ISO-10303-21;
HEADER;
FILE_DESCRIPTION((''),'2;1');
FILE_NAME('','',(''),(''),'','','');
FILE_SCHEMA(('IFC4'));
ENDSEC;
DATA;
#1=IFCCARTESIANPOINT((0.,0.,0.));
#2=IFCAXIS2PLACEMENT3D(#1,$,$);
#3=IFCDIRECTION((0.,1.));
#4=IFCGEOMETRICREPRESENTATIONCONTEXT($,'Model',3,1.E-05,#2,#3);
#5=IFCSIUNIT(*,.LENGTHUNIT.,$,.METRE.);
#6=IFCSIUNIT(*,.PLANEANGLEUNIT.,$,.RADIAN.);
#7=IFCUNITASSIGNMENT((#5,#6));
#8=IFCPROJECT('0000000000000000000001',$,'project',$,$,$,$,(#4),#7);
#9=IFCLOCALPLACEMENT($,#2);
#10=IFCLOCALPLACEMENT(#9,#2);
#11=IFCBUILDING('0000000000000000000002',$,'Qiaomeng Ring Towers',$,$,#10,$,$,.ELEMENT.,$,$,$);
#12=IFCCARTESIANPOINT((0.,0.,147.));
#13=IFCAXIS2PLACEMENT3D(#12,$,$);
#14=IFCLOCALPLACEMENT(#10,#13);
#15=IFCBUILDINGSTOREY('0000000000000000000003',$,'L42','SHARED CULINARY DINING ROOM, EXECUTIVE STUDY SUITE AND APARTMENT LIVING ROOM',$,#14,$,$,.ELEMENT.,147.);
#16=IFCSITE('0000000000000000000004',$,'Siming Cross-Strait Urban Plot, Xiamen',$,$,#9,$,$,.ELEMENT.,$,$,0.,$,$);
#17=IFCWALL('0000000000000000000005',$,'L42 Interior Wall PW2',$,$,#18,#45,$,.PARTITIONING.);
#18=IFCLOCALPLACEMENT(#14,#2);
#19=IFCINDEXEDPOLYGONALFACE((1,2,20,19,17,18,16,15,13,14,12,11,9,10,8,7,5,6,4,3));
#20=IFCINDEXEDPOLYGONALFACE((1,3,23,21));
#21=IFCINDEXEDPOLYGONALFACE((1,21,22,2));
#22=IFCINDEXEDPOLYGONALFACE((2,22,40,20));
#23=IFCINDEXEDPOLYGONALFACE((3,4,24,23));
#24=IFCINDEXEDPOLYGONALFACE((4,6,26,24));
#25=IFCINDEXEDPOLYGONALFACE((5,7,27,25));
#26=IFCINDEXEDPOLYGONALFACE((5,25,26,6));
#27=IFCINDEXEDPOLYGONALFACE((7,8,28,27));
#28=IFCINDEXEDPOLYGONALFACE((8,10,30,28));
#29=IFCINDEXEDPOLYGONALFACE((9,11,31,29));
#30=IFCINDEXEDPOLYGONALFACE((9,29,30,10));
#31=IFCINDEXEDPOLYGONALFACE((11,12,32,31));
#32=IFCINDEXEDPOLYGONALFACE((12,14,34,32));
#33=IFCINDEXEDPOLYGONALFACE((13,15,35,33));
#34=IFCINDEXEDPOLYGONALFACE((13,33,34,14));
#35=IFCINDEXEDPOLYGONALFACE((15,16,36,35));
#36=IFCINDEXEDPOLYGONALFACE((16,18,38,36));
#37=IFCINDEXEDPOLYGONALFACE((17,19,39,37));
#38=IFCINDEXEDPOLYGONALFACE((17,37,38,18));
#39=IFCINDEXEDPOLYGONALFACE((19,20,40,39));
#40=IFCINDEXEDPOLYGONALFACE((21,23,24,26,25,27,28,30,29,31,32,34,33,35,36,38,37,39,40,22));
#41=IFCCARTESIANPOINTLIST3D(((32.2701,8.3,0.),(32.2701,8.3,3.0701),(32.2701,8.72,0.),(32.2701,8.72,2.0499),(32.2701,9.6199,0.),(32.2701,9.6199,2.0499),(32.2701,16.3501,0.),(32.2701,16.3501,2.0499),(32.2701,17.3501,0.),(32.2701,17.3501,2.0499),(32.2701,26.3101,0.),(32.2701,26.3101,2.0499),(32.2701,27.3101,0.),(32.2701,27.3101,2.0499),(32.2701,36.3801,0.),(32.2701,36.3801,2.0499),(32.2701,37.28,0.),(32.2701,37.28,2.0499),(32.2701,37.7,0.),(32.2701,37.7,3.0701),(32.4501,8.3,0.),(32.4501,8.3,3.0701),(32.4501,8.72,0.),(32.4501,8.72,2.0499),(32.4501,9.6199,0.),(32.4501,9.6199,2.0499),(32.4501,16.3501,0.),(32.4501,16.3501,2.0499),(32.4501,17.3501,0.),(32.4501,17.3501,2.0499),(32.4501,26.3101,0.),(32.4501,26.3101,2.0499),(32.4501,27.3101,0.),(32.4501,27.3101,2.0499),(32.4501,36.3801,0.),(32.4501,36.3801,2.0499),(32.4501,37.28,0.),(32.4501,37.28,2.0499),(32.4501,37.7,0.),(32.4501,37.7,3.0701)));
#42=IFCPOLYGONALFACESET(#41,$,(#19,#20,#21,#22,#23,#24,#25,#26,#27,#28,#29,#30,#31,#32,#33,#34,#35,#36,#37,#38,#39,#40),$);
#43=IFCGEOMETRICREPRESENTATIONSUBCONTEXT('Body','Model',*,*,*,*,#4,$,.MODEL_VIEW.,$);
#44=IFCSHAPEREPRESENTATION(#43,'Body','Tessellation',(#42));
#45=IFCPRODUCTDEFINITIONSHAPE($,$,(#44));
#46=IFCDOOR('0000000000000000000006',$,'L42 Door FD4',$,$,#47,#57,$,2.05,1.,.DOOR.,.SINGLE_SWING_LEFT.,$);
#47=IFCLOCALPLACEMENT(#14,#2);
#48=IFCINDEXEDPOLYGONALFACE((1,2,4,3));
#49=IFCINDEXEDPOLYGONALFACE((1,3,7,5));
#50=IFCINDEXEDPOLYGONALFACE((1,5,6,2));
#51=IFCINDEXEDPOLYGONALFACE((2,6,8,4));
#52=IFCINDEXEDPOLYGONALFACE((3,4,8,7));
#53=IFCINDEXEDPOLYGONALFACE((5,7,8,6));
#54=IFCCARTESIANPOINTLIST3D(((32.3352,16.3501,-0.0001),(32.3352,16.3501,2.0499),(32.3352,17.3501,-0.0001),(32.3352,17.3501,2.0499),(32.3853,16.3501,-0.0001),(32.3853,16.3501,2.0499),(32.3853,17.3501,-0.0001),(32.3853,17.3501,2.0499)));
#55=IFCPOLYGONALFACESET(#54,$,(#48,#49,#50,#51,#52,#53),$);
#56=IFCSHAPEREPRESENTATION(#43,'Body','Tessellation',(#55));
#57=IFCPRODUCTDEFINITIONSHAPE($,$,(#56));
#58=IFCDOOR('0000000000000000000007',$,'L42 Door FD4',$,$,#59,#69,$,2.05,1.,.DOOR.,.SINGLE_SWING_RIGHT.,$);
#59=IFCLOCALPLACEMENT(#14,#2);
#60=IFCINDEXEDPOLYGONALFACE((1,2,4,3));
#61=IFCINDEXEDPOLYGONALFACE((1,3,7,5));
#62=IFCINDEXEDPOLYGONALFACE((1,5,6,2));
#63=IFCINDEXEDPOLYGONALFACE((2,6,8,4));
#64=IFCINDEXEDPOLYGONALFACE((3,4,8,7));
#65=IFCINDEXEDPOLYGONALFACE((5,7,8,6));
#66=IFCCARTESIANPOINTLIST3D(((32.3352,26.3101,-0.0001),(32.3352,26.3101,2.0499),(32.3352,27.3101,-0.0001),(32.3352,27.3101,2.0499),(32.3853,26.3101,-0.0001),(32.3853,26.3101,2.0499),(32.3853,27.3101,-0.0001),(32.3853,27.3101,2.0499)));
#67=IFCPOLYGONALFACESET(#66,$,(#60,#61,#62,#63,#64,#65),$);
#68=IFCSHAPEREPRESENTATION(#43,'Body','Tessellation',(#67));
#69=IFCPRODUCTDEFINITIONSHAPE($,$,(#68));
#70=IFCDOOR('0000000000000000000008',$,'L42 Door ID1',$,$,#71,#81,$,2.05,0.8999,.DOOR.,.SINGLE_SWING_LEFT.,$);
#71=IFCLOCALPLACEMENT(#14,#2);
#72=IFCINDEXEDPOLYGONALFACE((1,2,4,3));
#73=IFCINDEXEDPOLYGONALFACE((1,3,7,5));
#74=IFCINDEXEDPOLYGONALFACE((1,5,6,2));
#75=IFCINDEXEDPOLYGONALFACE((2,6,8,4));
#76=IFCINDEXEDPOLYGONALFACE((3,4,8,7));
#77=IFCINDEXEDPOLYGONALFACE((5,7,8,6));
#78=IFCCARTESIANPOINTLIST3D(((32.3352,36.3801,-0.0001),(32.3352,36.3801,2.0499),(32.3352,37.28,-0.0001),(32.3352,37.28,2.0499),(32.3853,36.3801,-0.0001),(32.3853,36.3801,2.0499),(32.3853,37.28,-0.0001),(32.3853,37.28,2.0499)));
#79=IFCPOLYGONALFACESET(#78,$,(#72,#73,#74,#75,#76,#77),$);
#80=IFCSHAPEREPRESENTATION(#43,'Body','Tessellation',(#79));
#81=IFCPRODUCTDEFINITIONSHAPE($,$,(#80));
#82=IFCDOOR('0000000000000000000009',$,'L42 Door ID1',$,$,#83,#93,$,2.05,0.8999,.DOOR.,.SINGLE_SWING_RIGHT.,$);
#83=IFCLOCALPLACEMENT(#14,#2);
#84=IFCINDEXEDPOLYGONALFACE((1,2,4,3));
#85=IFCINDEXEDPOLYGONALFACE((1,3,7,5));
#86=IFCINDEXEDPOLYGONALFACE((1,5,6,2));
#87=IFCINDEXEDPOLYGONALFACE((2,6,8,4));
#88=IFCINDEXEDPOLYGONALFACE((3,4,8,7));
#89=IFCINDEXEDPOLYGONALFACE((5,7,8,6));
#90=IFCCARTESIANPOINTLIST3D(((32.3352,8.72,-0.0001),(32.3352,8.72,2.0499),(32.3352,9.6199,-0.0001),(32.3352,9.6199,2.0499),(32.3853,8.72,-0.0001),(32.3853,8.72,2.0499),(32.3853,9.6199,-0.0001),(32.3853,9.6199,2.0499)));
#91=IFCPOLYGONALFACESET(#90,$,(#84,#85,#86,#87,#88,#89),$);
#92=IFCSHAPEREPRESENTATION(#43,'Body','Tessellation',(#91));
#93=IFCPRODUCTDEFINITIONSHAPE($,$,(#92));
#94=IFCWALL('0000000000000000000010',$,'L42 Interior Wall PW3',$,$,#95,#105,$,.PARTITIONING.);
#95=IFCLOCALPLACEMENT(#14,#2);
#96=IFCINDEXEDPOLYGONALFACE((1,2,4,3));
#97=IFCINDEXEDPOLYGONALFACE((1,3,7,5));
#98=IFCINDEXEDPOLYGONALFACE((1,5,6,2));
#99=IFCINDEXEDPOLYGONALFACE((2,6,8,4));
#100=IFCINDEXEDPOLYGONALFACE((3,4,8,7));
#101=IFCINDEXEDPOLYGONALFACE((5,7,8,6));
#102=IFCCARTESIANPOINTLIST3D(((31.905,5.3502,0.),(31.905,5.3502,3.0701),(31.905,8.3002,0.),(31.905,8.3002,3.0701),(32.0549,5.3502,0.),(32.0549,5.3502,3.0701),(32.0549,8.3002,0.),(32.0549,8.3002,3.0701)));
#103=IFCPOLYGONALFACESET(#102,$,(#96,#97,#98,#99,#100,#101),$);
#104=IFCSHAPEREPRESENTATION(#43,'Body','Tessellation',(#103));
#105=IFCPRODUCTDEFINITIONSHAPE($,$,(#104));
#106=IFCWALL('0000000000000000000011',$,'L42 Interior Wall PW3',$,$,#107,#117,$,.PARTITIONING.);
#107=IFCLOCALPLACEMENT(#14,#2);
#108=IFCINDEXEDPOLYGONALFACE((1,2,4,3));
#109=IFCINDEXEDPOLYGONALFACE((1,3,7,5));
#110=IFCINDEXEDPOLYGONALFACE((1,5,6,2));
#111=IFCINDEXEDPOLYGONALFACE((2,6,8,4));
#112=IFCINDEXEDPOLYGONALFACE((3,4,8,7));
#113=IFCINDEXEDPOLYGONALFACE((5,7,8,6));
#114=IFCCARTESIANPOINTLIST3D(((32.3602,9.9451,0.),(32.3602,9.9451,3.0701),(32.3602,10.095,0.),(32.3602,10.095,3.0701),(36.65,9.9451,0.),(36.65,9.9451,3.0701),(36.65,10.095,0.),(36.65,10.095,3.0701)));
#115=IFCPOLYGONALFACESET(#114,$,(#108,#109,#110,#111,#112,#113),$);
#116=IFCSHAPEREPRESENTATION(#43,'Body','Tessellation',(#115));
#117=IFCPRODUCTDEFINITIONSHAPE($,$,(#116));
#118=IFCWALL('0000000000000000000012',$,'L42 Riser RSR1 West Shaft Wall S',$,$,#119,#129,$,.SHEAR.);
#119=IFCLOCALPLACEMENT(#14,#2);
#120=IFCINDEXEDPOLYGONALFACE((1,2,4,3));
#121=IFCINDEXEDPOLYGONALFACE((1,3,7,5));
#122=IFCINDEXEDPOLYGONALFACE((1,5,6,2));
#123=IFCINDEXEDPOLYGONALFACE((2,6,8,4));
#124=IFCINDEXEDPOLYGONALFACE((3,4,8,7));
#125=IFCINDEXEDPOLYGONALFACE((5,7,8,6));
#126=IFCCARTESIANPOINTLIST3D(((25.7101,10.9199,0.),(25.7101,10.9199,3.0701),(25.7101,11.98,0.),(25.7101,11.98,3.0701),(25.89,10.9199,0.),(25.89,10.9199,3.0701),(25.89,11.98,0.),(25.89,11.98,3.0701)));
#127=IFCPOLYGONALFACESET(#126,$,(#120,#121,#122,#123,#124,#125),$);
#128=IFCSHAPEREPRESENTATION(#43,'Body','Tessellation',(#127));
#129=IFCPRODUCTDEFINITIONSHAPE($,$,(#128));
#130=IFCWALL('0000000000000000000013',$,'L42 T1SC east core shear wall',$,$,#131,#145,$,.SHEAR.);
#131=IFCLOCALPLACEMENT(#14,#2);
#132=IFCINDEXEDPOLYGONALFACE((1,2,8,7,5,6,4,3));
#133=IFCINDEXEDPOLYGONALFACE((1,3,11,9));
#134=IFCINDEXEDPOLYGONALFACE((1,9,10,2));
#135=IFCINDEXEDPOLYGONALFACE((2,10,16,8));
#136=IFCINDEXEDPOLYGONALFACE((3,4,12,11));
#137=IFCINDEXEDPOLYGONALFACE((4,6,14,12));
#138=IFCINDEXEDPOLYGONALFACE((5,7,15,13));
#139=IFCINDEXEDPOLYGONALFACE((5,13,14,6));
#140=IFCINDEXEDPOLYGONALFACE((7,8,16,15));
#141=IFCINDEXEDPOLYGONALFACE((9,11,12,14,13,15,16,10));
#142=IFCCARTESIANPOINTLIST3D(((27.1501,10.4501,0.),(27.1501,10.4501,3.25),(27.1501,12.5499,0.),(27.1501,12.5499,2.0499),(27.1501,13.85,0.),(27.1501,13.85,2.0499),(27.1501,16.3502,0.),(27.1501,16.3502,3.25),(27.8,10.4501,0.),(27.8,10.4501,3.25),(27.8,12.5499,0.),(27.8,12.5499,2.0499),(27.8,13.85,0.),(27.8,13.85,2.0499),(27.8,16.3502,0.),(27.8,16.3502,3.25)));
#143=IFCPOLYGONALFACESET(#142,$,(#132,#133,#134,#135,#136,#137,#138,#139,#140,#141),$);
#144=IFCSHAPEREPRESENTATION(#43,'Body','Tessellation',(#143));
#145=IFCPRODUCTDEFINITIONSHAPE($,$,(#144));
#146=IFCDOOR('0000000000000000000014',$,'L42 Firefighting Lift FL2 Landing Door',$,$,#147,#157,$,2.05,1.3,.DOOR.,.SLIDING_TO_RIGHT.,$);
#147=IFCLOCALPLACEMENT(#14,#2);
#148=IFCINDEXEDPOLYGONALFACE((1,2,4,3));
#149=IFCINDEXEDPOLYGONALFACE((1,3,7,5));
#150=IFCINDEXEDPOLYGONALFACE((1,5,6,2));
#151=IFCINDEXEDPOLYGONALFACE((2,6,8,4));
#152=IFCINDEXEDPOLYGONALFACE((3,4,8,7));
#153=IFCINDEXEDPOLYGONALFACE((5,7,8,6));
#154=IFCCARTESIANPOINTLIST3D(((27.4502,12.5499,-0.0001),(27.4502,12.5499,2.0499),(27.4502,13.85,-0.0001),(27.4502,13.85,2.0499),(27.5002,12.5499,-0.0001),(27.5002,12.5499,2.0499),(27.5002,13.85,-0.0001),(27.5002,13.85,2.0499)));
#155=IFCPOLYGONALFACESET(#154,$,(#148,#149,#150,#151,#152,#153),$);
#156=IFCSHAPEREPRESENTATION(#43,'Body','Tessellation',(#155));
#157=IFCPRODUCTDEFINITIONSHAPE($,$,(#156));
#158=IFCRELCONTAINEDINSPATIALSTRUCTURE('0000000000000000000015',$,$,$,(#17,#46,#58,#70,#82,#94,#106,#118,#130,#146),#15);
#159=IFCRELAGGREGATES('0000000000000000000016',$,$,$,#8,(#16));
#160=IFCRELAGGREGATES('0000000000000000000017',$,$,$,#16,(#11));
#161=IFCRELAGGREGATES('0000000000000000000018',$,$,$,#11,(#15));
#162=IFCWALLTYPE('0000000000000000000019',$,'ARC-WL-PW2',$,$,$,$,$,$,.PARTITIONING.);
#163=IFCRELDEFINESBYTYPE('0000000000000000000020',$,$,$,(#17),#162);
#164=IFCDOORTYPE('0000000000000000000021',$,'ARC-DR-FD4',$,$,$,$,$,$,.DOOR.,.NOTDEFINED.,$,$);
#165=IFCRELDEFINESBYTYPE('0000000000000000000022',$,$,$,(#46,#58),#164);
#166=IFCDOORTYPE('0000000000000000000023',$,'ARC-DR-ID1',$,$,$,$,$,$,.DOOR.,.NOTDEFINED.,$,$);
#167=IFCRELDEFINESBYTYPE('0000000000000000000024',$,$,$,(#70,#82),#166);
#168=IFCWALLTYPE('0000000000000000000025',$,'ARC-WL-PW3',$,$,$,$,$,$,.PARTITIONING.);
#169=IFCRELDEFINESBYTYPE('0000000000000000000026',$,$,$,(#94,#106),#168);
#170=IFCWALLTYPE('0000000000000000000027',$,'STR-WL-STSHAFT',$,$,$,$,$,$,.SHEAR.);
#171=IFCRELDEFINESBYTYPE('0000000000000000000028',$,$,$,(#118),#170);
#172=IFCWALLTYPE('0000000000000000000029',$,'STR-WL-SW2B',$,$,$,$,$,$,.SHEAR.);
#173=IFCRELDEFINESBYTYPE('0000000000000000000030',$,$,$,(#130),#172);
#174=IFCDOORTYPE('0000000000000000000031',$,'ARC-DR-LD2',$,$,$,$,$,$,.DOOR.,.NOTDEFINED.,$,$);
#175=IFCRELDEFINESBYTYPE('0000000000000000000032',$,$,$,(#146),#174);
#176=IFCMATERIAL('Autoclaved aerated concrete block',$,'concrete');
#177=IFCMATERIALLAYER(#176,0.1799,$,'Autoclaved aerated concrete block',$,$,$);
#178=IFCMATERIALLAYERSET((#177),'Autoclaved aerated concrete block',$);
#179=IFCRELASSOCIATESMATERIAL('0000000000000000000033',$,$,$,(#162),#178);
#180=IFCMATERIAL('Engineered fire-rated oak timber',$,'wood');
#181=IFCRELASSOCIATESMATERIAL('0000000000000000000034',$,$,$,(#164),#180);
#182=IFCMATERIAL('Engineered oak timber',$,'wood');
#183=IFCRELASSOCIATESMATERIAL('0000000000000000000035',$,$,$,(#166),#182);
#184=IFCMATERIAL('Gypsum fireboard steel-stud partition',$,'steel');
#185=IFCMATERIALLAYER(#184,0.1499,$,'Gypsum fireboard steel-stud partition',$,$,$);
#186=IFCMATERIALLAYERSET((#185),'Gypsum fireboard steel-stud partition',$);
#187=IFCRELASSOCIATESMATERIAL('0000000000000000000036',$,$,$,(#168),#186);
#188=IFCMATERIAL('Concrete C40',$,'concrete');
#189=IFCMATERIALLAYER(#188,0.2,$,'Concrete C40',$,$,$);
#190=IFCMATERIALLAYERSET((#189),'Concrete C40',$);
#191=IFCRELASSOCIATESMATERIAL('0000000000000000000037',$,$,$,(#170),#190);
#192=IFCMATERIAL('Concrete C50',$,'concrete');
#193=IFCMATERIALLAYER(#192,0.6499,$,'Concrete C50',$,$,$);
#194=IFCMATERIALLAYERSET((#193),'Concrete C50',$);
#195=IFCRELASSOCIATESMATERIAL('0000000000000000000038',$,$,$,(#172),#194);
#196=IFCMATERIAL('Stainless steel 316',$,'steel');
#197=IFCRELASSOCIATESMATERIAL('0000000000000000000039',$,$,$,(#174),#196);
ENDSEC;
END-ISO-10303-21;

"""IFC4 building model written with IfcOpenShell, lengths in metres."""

from ifc_helpers import new_model, si_unit, direction, frame, frame_2d, origin, place, context, subcontext, project, spatial, rectangle, extrude, source, transform, mapped, material, layer, layer_set, type_object, element, fill, save


model = new_model("IFC4")

# Units and contexts
model_context = context("Model", 3, precision=1e-05, world=origin(), true_north=direction((0.0, 1.0)))
body_context = subcontext(model_context, "Body", "Model", "MODEL_VIEW")
ifc_project = project(units=[si_unit("LENGTHUNIT", "METRE"), si_unit("PLANEANGLEUNIT", "RADIAN")], contexts=[model_context])

# Site, building, storey
site_placement = place(None, origin())
site = spatial("IfcSite", under=ifc_project, at=site_placement, Name="Siming Cross-Strait Urban Plot, Xiamen", CompositionType="ELEMENT", RefElevation=0.0)
building_placement = place(site_placement, origin())
building = spatial("IfcBuilding", under=site, at=building_placement, Name="Qiaomeng Ring Towers", CompositionType="ELEMENT")
storey_placement = place(building_placement, frame((0.0, 0.0, 147.0)))
storey = spatial("IfcBuildingStorey", under=building, at=storey_placement, Name="L42", Description="SHARED CULINARY DINING ROOM, EXECUTIVE STUDY SUITE AND APARTMENT LIVING ROOM", CompositionType="ELEMENT", Elevation=147.0)

# Shared definitions
ifc_material_1 = material(Name="Concrete C50", Category="concrete")

# Wall, openings, doors
ifc_material_2 = material(Name="Autoclaved aerated concrete block", Category="concrete")
ifc_layer_1 = layer(ifc_material_2, 0.1799, Name="Autoclaved aerated concrete block")
ifc_layer_set_1 = layer_set([ifc_layer_1], Name="Autoclaved aerated concrete block")
wall_type_1 = type_object("IfcWallType", Name="ARC-WL-PW2", PredefinedType="PARTITIONING", material=ifc_layer_set_1)
wall_1_placement = place(storey_placement, frame((32.3601, 8.3, 0.0), z_axis=(0.0, 0.0, 1.0), x_axis=(0.0, 1.0, 0.0)))
wall_1 = element("IfcWall", 1, at=wall_1_placement, inside=storey, type_object=wall_type_1, Name="L42 Interior Wall PW2", PredefinedType="PARTITIONING", context=body_context, shape_type="SweptSolid", body=[
    extrude(rectangle(XDim=29.3999, YDim=0.1799, at=frame_2d((14.7, 0.0))), origin(), (0.0, 0.0, 1.0), 3.0701),
])
opening_1_placement = place(wall_1_placement, frame((28.0801, 0.0, 0.0)))
opening_1 = element("IfcOpeningElement", 2, at=opening_1_placement, cuts=wall_1, PredefinedType="OPENING", context=body_context, shape_type="SweptSolid", body=[
    extrude(rectangle(XDim=0.8999, YDim=2.05, at=frame_2d((0.45, 1.0249))), frame((0.0, 0.0999, 0.0), z_axis=(0.0, -1.0, 0.0), x_axis=(1.0, 0.0, 0.0)), (0.0, 0.0, 1.0), 0.2),
])
opening_2_placement = place(wall_1_placement, frame((0.4199, 0.0, 0.0)))
opening_2 = element("IfcOpeningElement", 3, at=opening_2_placement, cuts=wall_1, PredefinedType="OPENING", context=body_context, shape_type="SweptSolid", body=[
    extrude(rectangle(XDim=0.8999, YDim=2.05, at=frame_2d((0.45, 1.0249))), frame((0.0, 0.0999, 0.0), z_axis=(0.0, -1.0, 0.0), x_axis=(1.0, 0.0, 0.0)), (0.0, 0.0, 1.0), 0.2),
])
opening_3_placement = place(wall_1_placement, frame((8.05, 0.0, 0.0)))
opening_3 = element("IfcOpeningElement", 4, at=opening_3_placement, cuts=wall_1, PredefinedType="OPENING", context=body_context, shape_type="SweptSolid", body=[
    extrude(rectangle(XDim=1.0, YDim=2.05, at=frame_2d((0.5, 1.0249))), frame((0.0, 0.0999, 0.0), z_axis=(0.0, -1.0, 0.0), x_axis=(1.0, 0.0, 0.0)), (0.0, 0.0, 1.0), 0.2),
])
opening_4_placement = place(wall_1_placement, frame((18.01, 0.0, 0.0)))
opening_4 = element("IfcOpeningElement", 5, at=opening_4_placement, cuts=wall_1, PredefinedType="OPENING", context=body_context, shape_type="SweptSolid", body=[
    extrude(rectangle(XDim=1.0, YDim=2.05, at=frame_2d((0.5, 1.0249))), frame((0.0, 0.0999, 0.0), z_axis=(0.0, -1.0, 0.0), x_axis=(1.0, 0.0, 0.0)), (0.0, 0.0, 1.0), 0.2),
])
ifc_material_3 = material(Name="Engineered fire-rated oak timber", Category="wood")
door_type_1 = type_object("IfcDoorType", Name="ARC-DR-FD4", OperationType="NOTDEFINED", PredefinedType="DOOR", material=ifc_material_3)
shared_shape_1 = source(origin(), body_context, "Body", "SweptSolid", [
    extrude(rectangle(XDim=1.0, YDim=2.05, at=frame_2d((0.5, 1.0249))), frame((0.0, 0.0249, 0.0), z_axis=(0.0, -1.0, 0.0), x_axis=(1.0, 0.0, 0.0)), (0.0, 0.0, 1.0), 0.05),
])
door_1_placement = place(opening_3_placement, origin())
door_1 = element("IfcDoor", 6, at=door_1_placement, inside=storey, type_object=door_type_1, Name="L42 Door FD4", OperationType="SINGLE_SWING_LEFT", OverallHeight=2.05, OverallWidth=1.0, PredefinedType="DOOR", context=body_context, shape_type="MappedRepresentation", body=[
    mapped(shared_shape_1, transform((0.0, 0.0, 0.0), x_axis=(1.0, 0.0, 0.0), y_axis=(0.0, 1.0, 0.0), z_axis=(0.0, 0.0, 1.0), scale=1.0)),
])
fill(opening_3, door_1)
door_2_placement = place(opening_4_placement, origin())
door_2 = element("IfcDoor", 7, at=door_2_placement, inside=storey, type_object=door_type_1, Name="L42 Door FD4", OperationType="SINGLE_SWING_RIGHT", OverallHeight=2.05, OverallWidth=1.0, PredefinedType="DOOR", context=body_context, shape_type="MappedRepresentation", body=[
    mapped(shared_shape_1, transform((0.0, 0.0, 0.0), x_axis=(1.0, 0.0, 0.0), y_axis=(0.0, 1.0, 0.0), z_axis=(0.0, 0.0, 1.0), scale=1.0)),
])
fill(opening_4, door_2)
ifc_material_4 = material(Name="Engineered oak timber", Category="wood")
door_type_2 = type_object("IfcDoorType", Name="ARC-DR-ID1", OperationType="NOTDEFINED", PredefinedType="DOOR", material=ifc_material_4)
shared_shape_2 = source(origin(), body_context, "Body", "SweptSolid", [
    extrude(rectangle(XDim=0.8999, YDim=2.05, at=frame_2d((0.45, 1.0249))), frame((0.0, 0.0249, 0.0), z_axis=(0.0, -1.0, 0.0), x_axis=(1.0, 0.0, 0.0)), (0.0, 0.0, 1.0), 0.05),
])
door_3_placement = place(opening_1_placement, origin())
door_3 = element("IfcDoor", 8, at=door_3_placement, inside=storey, type_object=door_type_2, Name="L42 Door ID1", OperationType="SINGLE_SWING_LEFT", OverallHeight=2.05, OverallWidth=0.8999, PredefinedType="DOOR", context=body_context, shape_type="MappedRepresentation", body=[
    mapped(shared_shape_2, transform((0.0, 0.0, 0.0), x_axis=(1.0, 0.0, 0.0), y_axis=(0.0, 1.0, 0.0), z_axis=(0.0, 0.0, 1.0), scale=1.0)),
])
fill(opening_1, door_3)
door_4_placement = place(opening_2_placement, origin())
door_4 = element("IfcDoor", 9, at=door_4_placement, inside=storey, type_object=door_type_2, Name="L42 Door ID1", OperationType="SINGLE_SWING_RIGHT", OverallHeight=2.05, OverallWidth=0.8999, PredefinedType="DOOR", context=body_context, shape_type="MappedRepresentation", body=[
    mapped(shared_shape_2, transform((0.0, 0.0, 0.0), x_axis=(1.0, 0.0, 0.0), y_axis=(0.0, 1.0, 0.0), z_axis=(0.0, 0.0, 1.0), scale=1.0)),
])
fill(opening_2, door_4)

# Walls
ifc_material_5 = material(Name="Gypsum fireboard steel-stud partition", Category="steel")
ifc_layer_2 = layer(ifc_material_5, 0.1499, Name="Gypsum fireboard steel-stud partition")
ifc_layer_set_2 = layer_set([ifc_layer_2], Name="Gypsum fireboard steel-stud partition")
wall_type_2 = type_object("IfcWallType", Name="ARC-WL-PW3", PredefinedType="PARTITIONING", material=ifc_layer_set_2)
wall_2_placement = place(storey_placement, frame((31.98, 5.3501, 0.0), z_axis=(0.0, 0.0, 1.0), x_axis=(0.0, 1.0, 0.0)))
element("IfcWall", 10, at=wall_2_placement, inside=storey, type_object=wall_type_2, Name="L42 Interior Wall PW3", PredefinedType="PARTITIONING", context=body_context, shape_type="SweptSolid", body=[
    extrude(rectangle(XDim=2.95, YDim=0.1499, at=frame_2d((1.4751, 0.0))), origin(), (0.0, 0.0, 1.0), 3.0701),
])
wall_3_placement = place(storey_placement, frame((32.3601, 10.02, 0.0), z_axis=(0.0, 0.0, 1.0), x_axis=(1.0, 0.0, 0.0)))
element("IfcWall", 11, at=wall_3_placement, inside=storey, type_object=wall_type_2, Name="L42 Interior Wall PW3", PredefinedType="PARTITIONING", context=body_context, shape_type="SweptSolid", body=[
    extrude(rectangle(XDim=4.2898, YDim=0.1499, at=frame_2d((2.145, 0.0))), origin(), (0.0, 0.0, 1.0), 3.0701),
])
ifc_material_6 = material(Name="Concrete C40", Category="concrete")
ifc_layer_3 = layer(ifc_material_6, 0.2, Name="Concrete C40")
ifc_layer_set_3 = layer_set([ifc_layer_3], Name="Concrete C40")
wall_type_3 = type_object("IfcWallType", Name="STR-WL-STSHAFT", PredefinedType="SHEAR", material=ifc_layer_set_3)
wall_4_placement = place(storey_placement, frame((25.8, 10.9199, 0.0), z_axis=(0.0, 0.0, 1.0), x_axis=(0.0, 1.0, 0.0)))
element("IfcWall", 12, at=wall_4_placement, inside=storey, type_object=wall_type_3, Name="L42 Riser RSR1 West Shaft Wall S", PredefinedType="SHEAR", context=body_context, shape_type="SweptSolid", body=[
    extrude(rectangle(XDim=1.0601, YDim=0.1799, at=frame_2d((0.53, 0.0))), origin(), (0.0, 0.0, 1.0), 3.0701),
])

# Wall, opening, door
ifc_layer_4 = layer(ifc_material_1, 0.6499, Name="Concrete C50")
ifc_layer_set_4 = layer_set([ifc_layer_4], Name="Concrete C50")
wall_type_4 = type_object("IfcWallType", Name="STR-WL-SW2B", PredefinedType="SHEAR", material=ifc_layer_set_4)
wall_5_placement = place(storey_placement, frame((27.4751, 10.45, 0.0), z_axis=(0.0, 0.0, 1.0), x_axis=(0.0, 1.0, 0.0)))
wall_5 = element("IfcWall", 13, at=wall_5_placement, inside=storey, type_object=wall_type_4, Name="L42 T1SC east core shear wall", PredefinedType="SHEAR", context=body_context, shape_type="SweptSolid", body=[
    extrude(rectangle(XDim=5.9001, YDim=0.6499, at=frame_2d((2.9502, 0.0))), origin(), (0.0, 0.0, 1.0), 3.25),
])
opening_5_placement = place(wall_5_placement, frame((2.1001, 0.0, 0.0)))
opening_5 = element("IfcOpeningElement", 14, at=opening_5_placement, cuts=wall_5, PredefinedType="OPENING", context=body_context, shape_type="SweptSolid", body=[
    extrude(rectangle(XDim=1.3, YDim=2.05, at=frame_2d((0.6499, 1.0249))), frame((0.0, 0.335, 0.0), z_axis=(0.0, -1.0, 0.0), x_axis=(1.0, 0.0, 0.0)), (0.0, 0.0, 1.0), 0.6699),
])
ifc_material_7 = material(Name="Stainless steel 316", Category="steel")
door_type_3 = type_object("IfcDoorType", Name="ARC-DR-LD2", OperationType="NOTDEFINED", PredefinedType="DOOR", material=ifc_material_7)
shared_shape_3 = source(origin(), body_context, "Body", "SweptSolid", [
    extrude(rectangle(XDim=1.3, YDim=2.05, at=frame_2d((0.6499, 1.0249))), frame((0.0, 0.0249, 0.0), z_axis=(0.0, -1.0, 0.0), x_axis=(1.0, 0.0, 0.0)), (0.0, 0.0, 1.0), 0.05),
])
door_5_placement = place(opening_5_placement, origin())
door_5 = element("IfcDoor", 15, at=door_5_placement, inside=storey, type_object=door_type_3, Name="L42 Firefighting Lift FL2 Landing Door", OperationType="SLIDING_TO_RIGHT", OverallHeight=2.05, OverallWidth=1.3, PredefinedType="DOOR", context=body_context, shape_type="MappedRepresentation", body=[
    mapped(shared_shape_3, transform((0.0, 0.0, 0.0), x_axis=(1.0, 0.0, 0.0), y_axis=(0.0, 1.0, 0.0), z_axis=(0.0, 0.0, 1.0), scale=1.0)),
])
fill(opening_5, door_5)

save(model, "model.ifc")
